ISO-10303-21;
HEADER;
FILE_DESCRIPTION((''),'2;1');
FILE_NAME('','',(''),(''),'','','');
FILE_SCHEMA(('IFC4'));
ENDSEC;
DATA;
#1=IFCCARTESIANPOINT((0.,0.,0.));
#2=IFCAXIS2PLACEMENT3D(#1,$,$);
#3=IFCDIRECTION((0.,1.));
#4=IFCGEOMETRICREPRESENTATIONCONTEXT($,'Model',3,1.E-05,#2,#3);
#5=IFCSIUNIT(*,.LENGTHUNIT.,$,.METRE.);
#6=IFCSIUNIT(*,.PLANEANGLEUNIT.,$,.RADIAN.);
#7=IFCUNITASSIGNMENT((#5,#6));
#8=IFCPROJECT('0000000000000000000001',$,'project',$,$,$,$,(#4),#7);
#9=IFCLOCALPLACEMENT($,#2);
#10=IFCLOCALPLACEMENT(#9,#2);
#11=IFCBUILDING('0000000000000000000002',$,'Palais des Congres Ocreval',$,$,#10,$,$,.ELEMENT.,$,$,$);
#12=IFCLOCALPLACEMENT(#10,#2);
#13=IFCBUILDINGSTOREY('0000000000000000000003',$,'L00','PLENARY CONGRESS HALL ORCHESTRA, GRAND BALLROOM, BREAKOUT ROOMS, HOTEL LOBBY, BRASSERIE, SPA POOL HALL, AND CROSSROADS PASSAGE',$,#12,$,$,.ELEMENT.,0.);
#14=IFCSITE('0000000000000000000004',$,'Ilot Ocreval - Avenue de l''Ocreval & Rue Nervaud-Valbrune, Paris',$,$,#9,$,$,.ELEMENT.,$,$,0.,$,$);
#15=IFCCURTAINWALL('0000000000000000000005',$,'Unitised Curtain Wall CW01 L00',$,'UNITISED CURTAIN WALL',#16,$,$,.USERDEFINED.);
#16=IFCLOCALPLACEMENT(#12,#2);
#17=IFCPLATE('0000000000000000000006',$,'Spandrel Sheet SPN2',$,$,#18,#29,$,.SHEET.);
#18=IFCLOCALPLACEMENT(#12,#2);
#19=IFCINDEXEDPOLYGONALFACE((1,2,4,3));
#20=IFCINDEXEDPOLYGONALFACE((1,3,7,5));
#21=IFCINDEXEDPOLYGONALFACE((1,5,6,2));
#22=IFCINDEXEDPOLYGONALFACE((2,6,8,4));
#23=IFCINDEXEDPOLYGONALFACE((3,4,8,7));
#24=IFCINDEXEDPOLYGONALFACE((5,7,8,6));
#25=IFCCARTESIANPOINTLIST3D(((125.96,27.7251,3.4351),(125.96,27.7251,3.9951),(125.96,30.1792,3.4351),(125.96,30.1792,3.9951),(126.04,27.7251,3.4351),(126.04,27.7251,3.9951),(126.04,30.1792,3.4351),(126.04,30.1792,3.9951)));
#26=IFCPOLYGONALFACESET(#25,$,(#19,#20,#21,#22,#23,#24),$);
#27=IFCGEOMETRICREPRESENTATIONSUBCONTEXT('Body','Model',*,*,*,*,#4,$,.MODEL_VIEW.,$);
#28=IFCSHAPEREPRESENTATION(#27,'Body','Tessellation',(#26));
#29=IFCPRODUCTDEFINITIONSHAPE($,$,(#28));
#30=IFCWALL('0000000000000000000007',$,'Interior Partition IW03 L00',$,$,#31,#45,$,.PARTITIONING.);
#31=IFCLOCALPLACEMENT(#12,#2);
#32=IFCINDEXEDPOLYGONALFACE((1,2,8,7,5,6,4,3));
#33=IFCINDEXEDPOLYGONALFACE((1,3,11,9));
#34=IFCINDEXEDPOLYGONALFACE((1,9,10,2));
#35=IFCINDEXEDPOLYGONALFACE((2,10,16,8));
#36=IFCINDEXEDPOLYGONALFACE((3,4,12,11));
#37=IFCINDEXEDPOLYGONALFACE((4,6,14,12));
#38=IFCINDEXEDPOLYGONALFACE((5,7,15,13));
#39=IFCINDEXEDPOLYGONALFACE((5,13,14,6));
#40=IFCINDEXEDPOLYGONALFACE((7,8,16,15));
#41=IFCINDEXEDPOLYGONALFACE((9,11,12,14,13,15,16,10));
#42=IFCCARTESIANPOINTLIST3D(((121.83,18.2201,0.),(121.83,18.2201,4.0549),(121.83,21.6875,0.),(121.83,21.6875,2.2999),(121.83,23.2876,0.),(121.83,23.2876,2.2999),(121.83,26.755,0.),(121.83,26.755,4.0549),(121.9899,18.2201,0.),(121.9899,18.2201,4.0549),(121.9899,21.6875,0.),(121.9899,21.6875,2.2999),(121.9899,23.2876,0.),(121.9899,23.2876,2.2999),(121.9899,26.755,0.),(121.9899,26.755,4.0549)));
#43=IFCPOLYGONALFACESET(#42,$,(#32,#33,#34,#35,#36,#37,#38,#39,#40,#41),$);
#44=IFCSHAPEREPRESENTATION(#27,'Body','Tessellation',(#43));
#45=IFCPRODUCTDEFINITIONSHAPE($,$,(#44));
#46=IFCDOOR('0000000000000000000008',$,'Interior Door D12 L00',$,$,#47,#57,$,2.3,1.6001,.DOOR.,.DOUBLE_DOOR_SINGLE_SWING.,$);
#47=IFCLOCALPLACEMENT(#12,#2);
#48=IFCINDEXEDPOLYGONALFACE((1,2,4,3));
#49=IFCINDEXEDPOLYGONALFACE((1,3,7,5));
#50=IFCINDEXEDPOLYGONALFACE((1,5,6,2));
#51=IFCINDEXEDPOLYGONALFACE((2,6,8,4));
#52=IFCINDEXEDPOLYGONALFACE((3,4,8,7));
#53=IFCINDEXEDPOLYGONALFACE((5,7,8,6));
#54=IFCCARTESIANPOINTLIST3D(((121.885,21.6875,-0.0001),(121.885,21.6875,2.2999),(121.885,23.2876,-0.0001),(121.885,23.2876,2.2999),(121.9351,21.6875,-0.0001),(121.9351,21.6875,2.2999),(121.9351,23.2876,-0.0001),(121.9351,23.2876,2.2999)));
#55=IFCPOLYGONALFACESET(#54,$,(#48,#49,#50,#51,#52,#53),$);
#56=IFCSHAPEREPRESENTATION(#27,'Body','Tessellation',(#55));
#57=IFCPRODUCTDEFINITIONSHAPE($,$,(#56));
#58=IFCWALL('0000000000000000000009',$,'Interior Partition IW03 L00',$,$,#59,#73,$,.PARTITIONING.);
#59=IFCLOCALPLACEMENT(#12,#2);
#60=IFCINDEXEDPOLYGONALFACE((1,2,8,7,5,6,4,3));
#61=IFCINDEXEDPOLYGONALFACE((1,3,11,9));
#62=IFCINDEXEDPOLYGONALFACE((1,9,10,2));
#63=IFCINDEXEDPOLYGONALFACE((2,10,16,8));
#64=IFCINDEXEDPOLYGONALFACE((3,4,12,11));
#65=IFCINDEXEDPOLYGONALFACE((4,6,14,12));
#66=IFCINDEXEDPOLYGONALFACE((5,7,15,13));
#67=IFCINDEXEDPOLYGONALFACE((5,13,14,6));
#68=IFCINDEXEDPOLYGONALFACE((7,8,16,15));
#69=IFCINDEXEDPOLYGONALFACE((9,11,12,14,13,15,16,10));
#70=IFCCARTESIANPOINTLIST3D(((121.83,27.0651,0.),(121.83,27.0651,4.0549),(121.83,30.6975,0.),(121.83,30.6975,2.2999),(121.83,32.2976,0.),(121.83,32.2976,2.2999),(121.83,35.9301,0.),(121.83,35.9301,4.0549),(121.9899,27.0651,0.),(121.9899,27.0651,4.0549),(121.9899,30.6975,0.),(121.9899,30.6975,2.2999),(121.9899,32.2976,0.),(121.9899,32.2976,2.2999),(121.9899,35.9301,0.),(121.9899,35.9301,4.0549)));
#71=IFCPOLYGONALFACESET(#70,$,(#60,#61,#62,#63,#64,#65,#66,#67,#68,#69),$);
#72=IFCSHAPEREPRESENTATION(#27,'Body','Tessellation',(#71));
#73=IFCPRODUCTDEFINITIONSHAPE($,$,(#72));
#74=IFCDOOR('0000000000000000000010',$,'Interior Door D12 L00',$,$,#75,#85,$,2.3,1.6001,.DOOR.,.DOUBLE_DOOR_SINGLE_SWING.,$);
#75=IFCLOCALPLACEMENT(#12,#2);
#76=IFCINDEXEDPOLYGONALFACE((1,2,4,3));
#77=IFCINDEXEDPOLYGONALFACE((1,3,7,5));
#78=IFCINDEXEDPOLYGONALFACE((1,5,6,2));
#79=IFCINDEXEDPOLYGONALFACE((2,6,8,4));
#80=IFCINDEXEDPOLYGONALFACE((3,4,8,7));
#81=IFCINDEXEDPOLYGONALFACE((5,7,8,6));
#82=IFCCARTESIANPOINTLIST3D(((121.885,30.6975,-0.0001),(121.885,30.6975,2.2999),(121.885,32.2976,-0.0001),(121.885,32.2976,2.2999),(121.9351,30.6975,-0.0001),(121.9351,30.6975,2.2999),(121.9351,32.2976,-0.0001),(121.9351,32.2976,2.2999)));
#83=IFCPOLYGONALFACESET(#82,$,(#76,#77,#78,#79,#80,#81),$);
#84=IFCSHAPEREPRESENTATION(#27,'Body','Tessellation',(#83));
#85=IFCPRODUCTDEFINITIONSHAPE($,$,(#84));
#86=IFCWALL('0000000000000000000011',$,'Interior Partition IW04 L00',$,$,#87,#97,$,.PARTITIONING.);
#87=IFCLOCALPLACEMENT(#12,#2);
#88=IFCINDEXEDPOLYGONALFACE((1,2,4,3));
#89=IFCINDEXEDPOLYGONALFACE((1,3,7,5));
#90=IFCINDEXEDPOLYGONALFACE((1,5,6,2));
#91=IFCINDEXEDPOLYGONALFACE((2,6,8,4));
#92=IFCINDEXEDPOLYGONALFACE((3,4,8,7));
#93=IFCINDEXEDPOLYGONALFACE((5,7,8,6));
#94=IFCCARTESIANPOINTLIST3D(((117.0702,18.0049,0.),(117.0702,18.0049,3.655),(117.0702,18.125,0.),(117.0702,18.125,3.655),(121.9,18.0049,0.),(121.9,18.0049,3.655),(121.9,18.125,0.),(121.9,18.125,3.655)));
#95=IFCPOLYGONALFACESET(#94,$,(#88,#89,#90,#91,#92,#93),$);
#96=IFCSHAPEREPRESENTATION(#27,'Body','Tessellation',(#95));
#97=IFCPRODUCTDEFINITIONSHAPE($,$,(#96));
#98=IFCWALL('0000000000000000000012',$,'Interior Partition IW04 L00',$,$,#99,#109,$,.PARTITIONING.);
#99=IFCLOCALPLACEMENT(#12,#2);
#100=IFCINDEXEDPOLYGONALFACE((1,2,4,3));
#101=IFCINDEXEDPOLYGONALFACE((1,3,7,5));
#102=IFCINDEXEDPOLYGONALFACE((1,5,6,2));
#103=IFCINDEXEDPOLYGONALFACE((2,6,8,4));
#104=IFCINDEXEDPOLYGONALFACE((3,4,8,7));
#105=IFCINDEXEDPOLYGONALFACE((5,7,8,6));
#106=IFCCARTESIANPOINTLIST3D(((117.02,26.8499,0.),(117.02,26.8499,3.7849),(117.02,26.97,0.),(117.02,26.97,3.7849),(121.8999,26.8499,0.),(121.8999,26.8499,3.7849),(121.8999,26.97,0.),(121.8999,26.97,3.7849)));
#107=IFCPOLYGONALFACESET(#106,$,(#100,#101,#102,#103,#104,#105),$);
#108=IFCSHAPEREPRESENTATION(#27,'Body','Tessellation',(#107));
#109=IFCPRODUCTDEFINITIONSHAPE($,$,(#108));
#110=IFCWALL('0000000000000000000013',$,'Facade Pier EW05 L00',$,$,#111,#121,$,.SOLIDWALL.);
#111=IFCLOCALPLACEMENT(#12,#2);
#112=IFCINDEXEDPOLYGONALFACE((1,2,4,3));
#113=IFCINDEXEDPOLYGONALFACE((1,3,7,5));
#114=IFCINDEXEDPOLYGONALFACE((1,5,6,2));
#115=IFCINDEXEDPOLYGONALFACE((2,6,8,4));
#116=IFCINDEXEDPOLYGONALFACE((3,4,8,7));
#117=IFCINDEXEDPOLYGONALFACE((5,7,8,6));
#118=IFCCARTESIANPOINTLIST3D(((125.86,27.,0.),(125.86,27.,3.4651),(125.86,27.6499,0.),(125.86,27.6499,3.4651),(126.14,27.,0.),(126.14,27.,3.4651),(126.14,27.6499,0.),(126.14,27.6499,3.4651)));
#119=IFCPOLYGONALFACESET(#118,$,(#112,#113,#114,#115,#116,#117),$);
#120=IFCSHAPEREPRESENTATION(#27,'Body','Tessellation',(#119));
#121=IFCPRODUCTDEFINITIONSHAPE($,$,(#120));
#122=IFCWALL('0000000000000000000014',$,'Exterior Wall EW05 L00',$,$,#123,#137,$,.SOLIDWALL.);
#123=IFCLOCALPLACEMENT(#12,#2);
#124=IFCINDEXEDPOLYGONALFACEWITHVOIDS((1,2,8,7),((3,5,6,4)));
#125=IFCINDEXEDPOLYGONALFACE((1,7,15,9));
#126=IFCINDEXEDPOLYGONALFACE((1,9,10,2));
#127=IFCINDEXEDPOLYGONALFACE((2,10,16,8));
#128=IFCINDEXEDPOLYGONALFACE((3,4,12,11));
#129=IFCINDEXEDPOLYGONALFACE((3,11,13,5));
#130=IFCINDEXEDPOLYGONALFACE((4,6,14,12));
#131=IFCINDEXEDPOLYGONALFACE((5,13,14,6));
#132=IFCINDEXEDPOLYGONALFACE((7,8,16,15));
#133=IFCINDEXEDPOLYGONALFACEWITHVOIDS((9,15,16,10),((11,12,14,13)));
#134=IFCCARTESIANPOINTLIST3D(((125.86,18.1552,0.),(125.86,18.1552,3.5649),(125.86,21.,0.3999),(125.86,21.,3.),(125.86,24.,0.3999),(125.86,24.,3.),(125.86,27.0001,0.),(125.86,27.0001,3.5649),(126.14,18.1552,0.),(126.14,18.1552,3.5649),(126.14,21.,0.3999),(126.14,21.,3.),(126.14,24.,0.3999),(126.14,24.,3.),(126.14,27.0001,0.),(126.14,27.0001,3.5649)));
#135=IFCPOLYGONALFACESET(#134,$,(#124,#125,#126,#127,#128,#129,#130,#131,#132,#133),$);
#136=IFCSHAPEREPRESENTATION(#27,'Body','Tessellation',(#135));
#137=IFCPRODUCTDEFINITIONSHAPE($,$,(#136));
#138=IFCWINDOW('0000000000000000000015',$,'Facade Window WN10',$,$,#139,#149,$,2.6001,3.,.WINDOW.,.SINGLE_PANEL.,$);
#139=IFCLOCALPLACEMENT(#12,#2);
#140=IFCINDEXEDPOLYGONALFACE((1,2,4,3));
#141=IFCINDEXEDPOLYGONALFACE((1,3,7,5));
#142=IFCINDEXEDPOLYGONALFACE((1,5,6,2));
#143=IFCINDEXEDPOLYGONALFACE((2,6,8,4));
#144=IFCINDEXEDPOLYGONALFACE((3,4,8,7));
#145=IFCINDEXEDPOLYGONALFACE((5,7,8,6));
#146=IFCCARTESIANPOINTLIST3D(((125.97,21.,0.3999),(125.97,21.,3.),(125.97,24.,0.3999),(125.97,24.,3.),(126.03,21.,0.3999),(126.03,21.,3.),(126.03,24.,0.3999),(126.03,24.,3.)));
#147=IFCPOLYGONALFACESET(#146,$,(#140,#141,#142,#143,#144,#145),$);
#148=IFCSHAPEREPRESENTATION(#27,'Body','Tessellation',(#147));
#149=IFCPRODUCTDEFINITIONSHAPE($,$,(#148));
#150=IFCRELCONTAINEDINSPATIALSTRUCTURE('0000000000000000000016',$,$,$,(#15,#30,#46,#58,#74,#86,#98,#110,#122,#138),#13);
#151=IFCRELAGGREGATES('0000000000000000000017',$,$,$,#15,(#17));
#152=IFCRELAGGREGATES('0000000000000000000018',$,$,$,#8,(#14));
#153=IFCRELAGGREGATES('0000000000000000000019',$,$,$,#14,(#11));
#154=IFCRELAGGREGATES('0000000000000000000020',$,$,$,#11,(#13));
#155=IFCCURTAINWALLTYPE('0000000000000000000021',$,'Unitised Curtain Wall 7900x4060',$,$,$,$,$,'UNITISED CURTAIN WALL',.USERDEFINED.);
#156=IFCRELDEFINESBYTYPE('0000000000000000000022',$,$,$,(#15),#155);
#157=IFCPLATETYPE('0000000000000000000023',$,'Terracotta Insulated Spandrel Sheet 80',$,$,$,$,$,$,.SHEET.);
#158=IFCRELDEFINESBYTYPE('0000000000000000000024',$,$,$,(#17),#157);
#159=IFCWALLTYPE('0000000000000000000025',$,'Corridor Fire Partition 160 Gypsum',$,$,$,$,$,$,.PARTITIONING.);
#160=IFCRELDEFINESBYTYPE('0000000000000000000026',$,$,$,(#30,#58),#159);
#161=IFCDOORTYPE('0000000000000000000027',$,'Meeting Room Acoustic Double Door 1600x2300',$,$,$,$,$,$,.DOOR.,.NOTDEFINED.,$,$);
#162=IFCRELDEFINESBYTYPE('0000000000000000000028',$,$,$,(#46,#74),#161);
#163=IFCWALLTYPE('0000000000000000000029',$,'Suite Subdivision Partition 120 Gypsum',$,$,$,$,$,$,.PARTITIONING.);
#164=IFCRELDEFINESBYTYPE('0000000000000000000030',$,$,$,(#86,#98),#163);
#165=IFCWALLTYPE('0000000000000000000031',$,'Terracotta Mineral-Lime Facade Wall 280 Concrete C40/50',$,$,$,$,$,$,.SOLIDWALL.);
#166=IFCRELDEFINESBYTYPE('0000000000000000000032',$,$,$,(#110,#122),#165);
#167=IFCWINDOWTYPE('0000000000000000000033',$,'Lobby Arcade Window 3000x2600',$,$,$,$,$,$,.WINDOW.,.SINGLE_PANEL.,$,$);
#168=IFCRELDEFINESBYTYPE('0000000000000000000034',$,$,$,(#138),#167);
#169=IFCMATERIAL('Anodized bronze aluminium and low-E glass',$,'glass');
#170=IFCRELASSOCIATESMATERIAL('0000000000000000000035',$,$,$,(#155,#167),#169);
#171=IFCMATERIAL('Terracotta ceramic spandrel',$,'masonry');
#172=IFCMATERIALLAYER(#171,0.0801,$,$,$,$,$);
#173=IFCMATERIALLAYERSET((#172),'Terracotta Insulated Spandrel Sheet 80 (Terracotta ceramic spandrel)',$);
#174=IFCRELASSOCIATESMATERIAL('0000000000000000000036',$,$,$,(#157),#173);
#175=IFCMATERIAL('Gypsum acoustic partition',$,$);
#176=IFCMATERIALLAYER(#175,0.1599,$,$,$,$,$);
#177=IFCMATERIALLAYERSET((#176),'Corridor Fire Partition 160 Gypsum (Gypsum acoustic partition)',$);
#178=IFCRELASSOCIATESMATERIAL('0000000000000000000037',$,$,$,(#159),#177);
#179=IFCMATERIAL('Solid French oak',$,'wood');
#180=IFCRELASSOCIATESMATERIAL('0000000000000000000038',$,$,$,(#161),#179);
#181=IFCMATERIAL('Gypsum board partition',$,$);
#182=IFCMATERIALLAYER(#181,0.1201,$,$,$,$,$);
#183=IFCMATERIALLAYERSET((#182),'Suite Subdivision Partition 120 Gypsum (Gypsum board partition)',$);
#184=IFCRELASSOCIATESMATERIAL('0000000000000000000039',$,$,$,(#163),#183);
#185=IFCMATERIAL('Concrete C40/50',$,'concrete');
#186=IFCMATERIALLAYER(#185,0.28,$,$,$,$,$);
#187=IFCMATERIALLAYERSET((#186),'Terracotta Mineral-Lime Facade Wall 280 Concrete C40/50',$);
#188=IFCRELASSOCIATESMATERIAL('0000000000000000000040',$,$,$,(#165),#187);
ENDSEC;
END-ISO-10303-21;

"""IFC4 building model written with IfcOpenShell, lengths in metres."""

from ifc_helpers import new_model, si_unit, direction, frame, frame_2d, origin, origin_2d, place, context, subcontext, project, spatial, rectangle, extrude, material, layer, layer_set, type_object, element, fill, aggregate, save


model = new_model("IFC4")

# Units and contexts
model_context = context("Model", 3, precision=1e-05, world=origin(), true_north=direction((0.0, 1.0)))
body_context = subcontext(model_context, "Body", "Model", "MODEL_VIEW")
ifc_project = project(units=[si_unit("LENGTHUNIT", "METRE"), si_unit("PLANEANGLEUNIT", "RADIAN")], contexts=[model_context])

# Site, building, storey
site_placement = place(None, origin())
site = spatial("IfcSite", under=ifc_project, at=site_placement, Name="Ilot Ocreval - Avenue de l'Ocreval & Rue Nervaud-Valbrune, Paris", CompositionType="ELEMENT", RefElevation=0.0)
building_placement = place(site_placement, origin())
building = spatial("IfcBuilding", under=site, at=building_placement, Name="Palais des Congres Ocreval", CompositionType="ELEMENT")
storey_placement = place(building_placement, origin())
storey = spatial("IfcBuildingStorey", under=building, at=storey_placement, Name="L00", Description="PLENARY CONGRESS HALL ORCHESTRA, GRAND BALLROOM, BREAKOUT ROOMS, HOTEL LOBBY, BRASSERIE, SPA POOL HALL, AND CROSSROADS PASSAGE", CompositionType="ELEMENT", Elevation=0.0)

# Curtain wall
ifc_material_1 = material(Name="Anodized bronze aluminium and low-E glass", Category="glass")
curtain_wall_type = type_object("IfcCurtainWallType", Name="Unitised Curtain Wall 7900x4060", ElementType="UNITISED CURTAIN WALL", PredefinedType="USERDEFINED", material=ifc_material_1)
curtain_wall_placement = place(storey_placement, origin())
curtain_wall = element("IfcCurtainWall", 1, at=curtain_wall_placement, inside=storey, type_object=curtain_wall_type, Name="Unitised Curtain Wall CW01 L00", ObjectType="UNITISED CURTAIN WALL", PredefinedType="USERDEFINED")

# Plate
ifc_material_2 = material(Name="Terracotta ceramic spandrel", Category="masonry")
ifc_layer_1 = layer(ifc_material_2, 0.0801)
ifc_layer_set_1 = layer_set([ifc_layer_1], Name="Terracotta Insulated Spandrel Sheet 80 (Terracotta ceramic spandrel)")
plate_type_1 = type_object("IfcPlateType", Name="Terracotta Insulated Spandrel Sheet 80", PredefinedType="SHEET", material=ifc_layer_set_1)
plate_1_placement = place(storey_placement, frame((126.0, 28.9521, 3.4351), z_axis=(0.0, 0.0, 1.0), x_axis=(0.0, -1.0, 0.0)))
plate_1 = element("IfcPlate", 2, at=plate_1_placement, type_object=plate_type_1, Name="Spandrel Sheet SPN2", PredefinedType="SHEET", context=body_context, shape_type="SweptSolid", body=[
    extrude(rectangle(XDim=2.4541, YDim=0.0801, at=origin_2d()), origin(), (0.0, 0.0, 1.0), 0.5601),
])
aggregate(curtain_wall, [plate_1])

# Walls, openings, doors
ifc_material_3 = material(Name="Gypsum acoustic partition")
ifc_layer_2 = layer(ifc_material_3, 0.1599)
ifc_layer_set_2 = layer_set([ifc_layer_2], Name="Corridor Fire Partition 160 Gypsum (Gypsum acoustic partition)")
wall_type_1 = type_object("IfcWallType", Name="Corridor Fire Partition 160 Gypsum", PredefinedType="PARTITIONING", material=ifc_layer_set_2)
wall_1_placement = place(storey_placement, frame((121.9099, 18.22, 0.0), z_axis=(0.0, 0.0, 1.0), x_axis=(0.0, 1.0, 0.0)))
wall_1 = element("IfcWall", 3, at=wall_1_placement, inside=storey, type_object=wall_type_1, Name="Interior Partition IW03 L00", PredefinedType="PARTITIONING", context=body_context, shape_type="SweptSolid", body=[
    extrude(rectangle(XDim=8.5349, YDim=0.1599, at=frame_2d((4.2676, 0.0))), origin(), (0.0, 0.0, 1.0), 4.0549),
])
opening_1_placement = place(wall_1_placement, frame((3.4675, 0.0, 0.0)))
opening_1 = element("IfcOpeningElement", 4, at=opening_1_placement, cuts=wall_1, PredefinedType="OPENING", context=body_context, shape_type="SweptSolid", body=[
    extrude(rectangle(XDim=1.6001, YDim=2.3, at=frame_2d((0.8, 1.1499))), frame((0.0, 0.0898, 0.0), z_axis=(0.0, -1.0, 0.0), x_axis=(1.0, 0.0, 0.0)), (0.0, 0.0, 1.0), 0.1799),
])
ifc_material_4 = material(Name="Solid French oak", Category="wood")
door_type = type_object("IfcDoorType", Name="Meeting Room Acoustic Double Door 1600x2300", OperationType="NOTDEFINED", PredefinedType="DOOR", material=ifc_material_4)
door_1_placement = place(opening_1_placement, origin())
door_1 = element("IfcDoor", 5, at=door_1_placement, inside=storey, type_object=door_type, Name="Interior Door D12 L00", OperationType="DOUBLE_DOOR_SINGLE_SWING", OverallHeight=2.3, OverallWidth=1.6001, PredefinedType="DOOR", context=body_context, shape_type="SweptSolid", body=[
    extrude(rectangle(XDim=1.6001, YDim=2.3, at=frame_2d((0.8, 1.1499))), frame((0.0, 0.0249, 0.0), z_axis=(0.0, -1.0, 0.0), x_axis=(1.0, 0.0, 0.0)), (0.0, 0.0, 1.0), 0.05),
])
fill(opening_1, door_1)
wall_2_placement = place(storey_placement, frame((121.9099, 27.0649, 0.0), z_axis=(0.0, 0.0, 1.0), x_axis=(0.0, 1.0, 0.0)))
wall_2 = element("IfcWall", 6, at=wall_2_placement, inside=storey, type_object=wall_type_1, Name="Interior Partition IW03 L00", PredefinedType="PARTITIONING", context=body_context, shape_type="SweptSolid", body=[
    extrude(rectangle(XDim=8.865, YDim=0.1599, at=frame_2d((4.4326, 0.0))), origin(), (0.0, 0.0, 1.0), 4.0549),
])
opening_2_placement = place(wall_2_placement, frame((3.6326, 0.0, 0.0)))
opening_2 = element("IfcOpeningElement", 7, at=opening_2_placement, cuts=wall_2, PredefinedType="OPENING", context=body_context, shape_type="SweptSolid", body=[
    extrude(rectangle(XDim=1.6001, YDim=2.3, at=frame_2d((0.8, 1.1499))), frame((0.0, 0.0898, 0.0), z_axis=(0.0, -1.0, 0.0), x_axis=(1.0, 0.0, 0.0)), (0.0, 0.0, 1.0), 0.1799),
])
door_2_placement = place(opening_2_placement, origin())
door_2 = element("IfcDoor", 8, at=door_2_placement, inside=storey, type_object=door_type, Name="Interior Door D12 L00", OperationType="DOUBLE_DOOR_SINGLE_SWING", OverallHeight=2.3, OverallWidth=1.6001, PredefinedType="DOOR", context=body_context, shape_type="SweptSolid", body=[
    extrude(rectangle(XDim=1.6001, YDim=2.3, at=frame_2d((0.8, 1.1499))), frame((0.0, 0.0249, 0.0), z_axis=(0.0, -1.0, 0.0), x_axis=(1.0, 0.0, 0.0)), (0.0, 0.0, 1.0), 0.05),
])
fill(opening_2, door_2)

# Walls
ifc_material_5 = material(Name="Gypsum board partition")
ifc_layer_3 = layer(ifc_material_5, 0.1201)
ifc_layer_set_3 = layer_set([ifc_layer_3], Name="Suite Subdivision Partition 120 Gypsum (Gypsum board partition)")
wall_type_2 = type_object("IfcWallType", Name="Suite Subdivision Partition 120 Gypsum", PredefinedType="PARTITIONING", material=ifc_layer_set_3)
wall_3_placement = place(storey_placement, frame((117.0701, 18.0649, 0.0), z_axis=(0.0, 0.0, 1.0), x_axis=(1.0, 0.0, 0.0)))
element("IfcWall", 9, at=wall_3_placement, inside=storey, type_object=wall_type_2, Name="Interior Partition IW04 L00", PredefinedType="PARTITIONING", context=body_context, shape_type="SweptSolid", body=[
    extrude(rectangle(XDim=4.8298, YDim=0.1201, at=frame_2d((2.415, 0.0))), origin(), (0.0, 0.0, 1.0), 3.655),
])
wall_4_placement = place(storey_placement, frame((117.02, 26.9099, 0.0), z_axis=(0.0, 0.0, 1.0), x_axis=(1.0, 0.0, 0.0)))
element("IfcWall", 10, at=wall_4_placement, inside=storey, type_object=wall_type_2, Name="Interior Partition IW04 L00", PredefinedType="PARTITIONING", context=body_context, shape_type="SweptSolid", body=[
    extrude(rectangle(XDim=4.8799, YDim=0.1201, at=frame_2d((2.4399, 0.0))), origin(), (0.0, 0.0, 1.0), 3.7849),
])
ifc_material_6 = material(Name="Concrete C40/50", Category="concrete")
ifc_layer_4 = layer(ifc_material_6, 0.28)
ifc_layer_set_4 = layer_set([ifc_layer_4], Name="Terracotta Mineral-Lime Facade Wall 280 Concrete C40/50")
wall_type_3 = type_object("IfcWallType", Name="Terracotta Mineral-Lime Facade Wall 280 Concrete C40/50", PredefinedType="SOLIDWALL", material=ifc_layer_set_4)
wall_5_placement = place(storey_placement, frame((126.0, 27.6499, 0.0), z_axis=(0.0, 0.0, 1.0), x_axis=(0.0, -1.0, 0.0)))
element("IfcWall", 11, at=wall_5_placement, inside=storey, type_object=wall_type_3, Name="Facade Pier EW05 L00", PredefinedType="SOLIDWALL", context=body_context, shape_type="SweptSolid", body=[
    extrude(rectangle(XDim=0.6499, YDim=0.28, at=frame_2d((0.325, 0.0))), origin(), (0.0, 0.0, 1.0), 3.4651),
])

# Wall, opening, window
wall_6_placement = place(storey_placement, frame((126.0, 27.0, 0.0), z_axis=(0.0, 0.0, 1.0), x_axis=(0.0, -1.0, 0.0)))
wall_6 = element("IfcWall", 12, at=wall_6_placement, inside=storey, type_object=wall_type_3, Name="Exterior Wall EW05 L00", PredefinedType="SOLIDWALL", context=body_context, shape_type="SweptSolid", body=[
    extrude(rectangle(XDim=8.845, YDim=0.28, at=frame_2d((4.4224, 0.0))), origin(), (0.0, 0.0, 1.0), 3.5649),
])
opening_3_placement = place(wall_6_placement, frame((3.0, 0.0, 0.3999)))
opening_3 = element("IfcOpeningElement", 13, at=opening_3_placement, cuts=wall_6, PredefinedType="OPENING", context=body_context, shape_type="SweptSolid", body=[
    extrude(rectangle(XDim=3.0, YDim=2.6001, at=frame_2d((1.5, 1.3))), frame((0.0, 0.1499, 0.0), z_axis=(0.0, -1.0, 0.0), x_axis=(1.0, 0.0, 0.0)), (0.0, 0.0, 1.0), 0.3),
])
window_type = type_object("IfcWindowType", Name="Lobby Arcade Window 3000x2600", PartitioningType="SINGLE_PANEL", PredefinedType="WINDOW", material=ifc_material_1)
window_placement = place(opening_3_placement, origin())
window = element("IfcWindow", 14, at=window_placement, inside=storey, type_object=window_type, Name="Facade Window WN10", OverallHeight=2.6001, OverallWidth=3.0, PartitioningType="SINGLE_PANEL", PredefinedType="WINDOW", context=body_context, shape_type="SweptSolid", body=[
    extrude(rectangle(XDim=3.0, YDim=2.6001, at=frame_2d((1.5, 1.3))), frame((0.0, 0.03, 0.0), z_axis=(0.0, -1.0, 0.0), x_axis=(1.0, 0.0, 0.0)), (0.0, 0.0, 1.0), 0.0601),
])
fill(opening_3, window)

save(model, "model.ifc")
